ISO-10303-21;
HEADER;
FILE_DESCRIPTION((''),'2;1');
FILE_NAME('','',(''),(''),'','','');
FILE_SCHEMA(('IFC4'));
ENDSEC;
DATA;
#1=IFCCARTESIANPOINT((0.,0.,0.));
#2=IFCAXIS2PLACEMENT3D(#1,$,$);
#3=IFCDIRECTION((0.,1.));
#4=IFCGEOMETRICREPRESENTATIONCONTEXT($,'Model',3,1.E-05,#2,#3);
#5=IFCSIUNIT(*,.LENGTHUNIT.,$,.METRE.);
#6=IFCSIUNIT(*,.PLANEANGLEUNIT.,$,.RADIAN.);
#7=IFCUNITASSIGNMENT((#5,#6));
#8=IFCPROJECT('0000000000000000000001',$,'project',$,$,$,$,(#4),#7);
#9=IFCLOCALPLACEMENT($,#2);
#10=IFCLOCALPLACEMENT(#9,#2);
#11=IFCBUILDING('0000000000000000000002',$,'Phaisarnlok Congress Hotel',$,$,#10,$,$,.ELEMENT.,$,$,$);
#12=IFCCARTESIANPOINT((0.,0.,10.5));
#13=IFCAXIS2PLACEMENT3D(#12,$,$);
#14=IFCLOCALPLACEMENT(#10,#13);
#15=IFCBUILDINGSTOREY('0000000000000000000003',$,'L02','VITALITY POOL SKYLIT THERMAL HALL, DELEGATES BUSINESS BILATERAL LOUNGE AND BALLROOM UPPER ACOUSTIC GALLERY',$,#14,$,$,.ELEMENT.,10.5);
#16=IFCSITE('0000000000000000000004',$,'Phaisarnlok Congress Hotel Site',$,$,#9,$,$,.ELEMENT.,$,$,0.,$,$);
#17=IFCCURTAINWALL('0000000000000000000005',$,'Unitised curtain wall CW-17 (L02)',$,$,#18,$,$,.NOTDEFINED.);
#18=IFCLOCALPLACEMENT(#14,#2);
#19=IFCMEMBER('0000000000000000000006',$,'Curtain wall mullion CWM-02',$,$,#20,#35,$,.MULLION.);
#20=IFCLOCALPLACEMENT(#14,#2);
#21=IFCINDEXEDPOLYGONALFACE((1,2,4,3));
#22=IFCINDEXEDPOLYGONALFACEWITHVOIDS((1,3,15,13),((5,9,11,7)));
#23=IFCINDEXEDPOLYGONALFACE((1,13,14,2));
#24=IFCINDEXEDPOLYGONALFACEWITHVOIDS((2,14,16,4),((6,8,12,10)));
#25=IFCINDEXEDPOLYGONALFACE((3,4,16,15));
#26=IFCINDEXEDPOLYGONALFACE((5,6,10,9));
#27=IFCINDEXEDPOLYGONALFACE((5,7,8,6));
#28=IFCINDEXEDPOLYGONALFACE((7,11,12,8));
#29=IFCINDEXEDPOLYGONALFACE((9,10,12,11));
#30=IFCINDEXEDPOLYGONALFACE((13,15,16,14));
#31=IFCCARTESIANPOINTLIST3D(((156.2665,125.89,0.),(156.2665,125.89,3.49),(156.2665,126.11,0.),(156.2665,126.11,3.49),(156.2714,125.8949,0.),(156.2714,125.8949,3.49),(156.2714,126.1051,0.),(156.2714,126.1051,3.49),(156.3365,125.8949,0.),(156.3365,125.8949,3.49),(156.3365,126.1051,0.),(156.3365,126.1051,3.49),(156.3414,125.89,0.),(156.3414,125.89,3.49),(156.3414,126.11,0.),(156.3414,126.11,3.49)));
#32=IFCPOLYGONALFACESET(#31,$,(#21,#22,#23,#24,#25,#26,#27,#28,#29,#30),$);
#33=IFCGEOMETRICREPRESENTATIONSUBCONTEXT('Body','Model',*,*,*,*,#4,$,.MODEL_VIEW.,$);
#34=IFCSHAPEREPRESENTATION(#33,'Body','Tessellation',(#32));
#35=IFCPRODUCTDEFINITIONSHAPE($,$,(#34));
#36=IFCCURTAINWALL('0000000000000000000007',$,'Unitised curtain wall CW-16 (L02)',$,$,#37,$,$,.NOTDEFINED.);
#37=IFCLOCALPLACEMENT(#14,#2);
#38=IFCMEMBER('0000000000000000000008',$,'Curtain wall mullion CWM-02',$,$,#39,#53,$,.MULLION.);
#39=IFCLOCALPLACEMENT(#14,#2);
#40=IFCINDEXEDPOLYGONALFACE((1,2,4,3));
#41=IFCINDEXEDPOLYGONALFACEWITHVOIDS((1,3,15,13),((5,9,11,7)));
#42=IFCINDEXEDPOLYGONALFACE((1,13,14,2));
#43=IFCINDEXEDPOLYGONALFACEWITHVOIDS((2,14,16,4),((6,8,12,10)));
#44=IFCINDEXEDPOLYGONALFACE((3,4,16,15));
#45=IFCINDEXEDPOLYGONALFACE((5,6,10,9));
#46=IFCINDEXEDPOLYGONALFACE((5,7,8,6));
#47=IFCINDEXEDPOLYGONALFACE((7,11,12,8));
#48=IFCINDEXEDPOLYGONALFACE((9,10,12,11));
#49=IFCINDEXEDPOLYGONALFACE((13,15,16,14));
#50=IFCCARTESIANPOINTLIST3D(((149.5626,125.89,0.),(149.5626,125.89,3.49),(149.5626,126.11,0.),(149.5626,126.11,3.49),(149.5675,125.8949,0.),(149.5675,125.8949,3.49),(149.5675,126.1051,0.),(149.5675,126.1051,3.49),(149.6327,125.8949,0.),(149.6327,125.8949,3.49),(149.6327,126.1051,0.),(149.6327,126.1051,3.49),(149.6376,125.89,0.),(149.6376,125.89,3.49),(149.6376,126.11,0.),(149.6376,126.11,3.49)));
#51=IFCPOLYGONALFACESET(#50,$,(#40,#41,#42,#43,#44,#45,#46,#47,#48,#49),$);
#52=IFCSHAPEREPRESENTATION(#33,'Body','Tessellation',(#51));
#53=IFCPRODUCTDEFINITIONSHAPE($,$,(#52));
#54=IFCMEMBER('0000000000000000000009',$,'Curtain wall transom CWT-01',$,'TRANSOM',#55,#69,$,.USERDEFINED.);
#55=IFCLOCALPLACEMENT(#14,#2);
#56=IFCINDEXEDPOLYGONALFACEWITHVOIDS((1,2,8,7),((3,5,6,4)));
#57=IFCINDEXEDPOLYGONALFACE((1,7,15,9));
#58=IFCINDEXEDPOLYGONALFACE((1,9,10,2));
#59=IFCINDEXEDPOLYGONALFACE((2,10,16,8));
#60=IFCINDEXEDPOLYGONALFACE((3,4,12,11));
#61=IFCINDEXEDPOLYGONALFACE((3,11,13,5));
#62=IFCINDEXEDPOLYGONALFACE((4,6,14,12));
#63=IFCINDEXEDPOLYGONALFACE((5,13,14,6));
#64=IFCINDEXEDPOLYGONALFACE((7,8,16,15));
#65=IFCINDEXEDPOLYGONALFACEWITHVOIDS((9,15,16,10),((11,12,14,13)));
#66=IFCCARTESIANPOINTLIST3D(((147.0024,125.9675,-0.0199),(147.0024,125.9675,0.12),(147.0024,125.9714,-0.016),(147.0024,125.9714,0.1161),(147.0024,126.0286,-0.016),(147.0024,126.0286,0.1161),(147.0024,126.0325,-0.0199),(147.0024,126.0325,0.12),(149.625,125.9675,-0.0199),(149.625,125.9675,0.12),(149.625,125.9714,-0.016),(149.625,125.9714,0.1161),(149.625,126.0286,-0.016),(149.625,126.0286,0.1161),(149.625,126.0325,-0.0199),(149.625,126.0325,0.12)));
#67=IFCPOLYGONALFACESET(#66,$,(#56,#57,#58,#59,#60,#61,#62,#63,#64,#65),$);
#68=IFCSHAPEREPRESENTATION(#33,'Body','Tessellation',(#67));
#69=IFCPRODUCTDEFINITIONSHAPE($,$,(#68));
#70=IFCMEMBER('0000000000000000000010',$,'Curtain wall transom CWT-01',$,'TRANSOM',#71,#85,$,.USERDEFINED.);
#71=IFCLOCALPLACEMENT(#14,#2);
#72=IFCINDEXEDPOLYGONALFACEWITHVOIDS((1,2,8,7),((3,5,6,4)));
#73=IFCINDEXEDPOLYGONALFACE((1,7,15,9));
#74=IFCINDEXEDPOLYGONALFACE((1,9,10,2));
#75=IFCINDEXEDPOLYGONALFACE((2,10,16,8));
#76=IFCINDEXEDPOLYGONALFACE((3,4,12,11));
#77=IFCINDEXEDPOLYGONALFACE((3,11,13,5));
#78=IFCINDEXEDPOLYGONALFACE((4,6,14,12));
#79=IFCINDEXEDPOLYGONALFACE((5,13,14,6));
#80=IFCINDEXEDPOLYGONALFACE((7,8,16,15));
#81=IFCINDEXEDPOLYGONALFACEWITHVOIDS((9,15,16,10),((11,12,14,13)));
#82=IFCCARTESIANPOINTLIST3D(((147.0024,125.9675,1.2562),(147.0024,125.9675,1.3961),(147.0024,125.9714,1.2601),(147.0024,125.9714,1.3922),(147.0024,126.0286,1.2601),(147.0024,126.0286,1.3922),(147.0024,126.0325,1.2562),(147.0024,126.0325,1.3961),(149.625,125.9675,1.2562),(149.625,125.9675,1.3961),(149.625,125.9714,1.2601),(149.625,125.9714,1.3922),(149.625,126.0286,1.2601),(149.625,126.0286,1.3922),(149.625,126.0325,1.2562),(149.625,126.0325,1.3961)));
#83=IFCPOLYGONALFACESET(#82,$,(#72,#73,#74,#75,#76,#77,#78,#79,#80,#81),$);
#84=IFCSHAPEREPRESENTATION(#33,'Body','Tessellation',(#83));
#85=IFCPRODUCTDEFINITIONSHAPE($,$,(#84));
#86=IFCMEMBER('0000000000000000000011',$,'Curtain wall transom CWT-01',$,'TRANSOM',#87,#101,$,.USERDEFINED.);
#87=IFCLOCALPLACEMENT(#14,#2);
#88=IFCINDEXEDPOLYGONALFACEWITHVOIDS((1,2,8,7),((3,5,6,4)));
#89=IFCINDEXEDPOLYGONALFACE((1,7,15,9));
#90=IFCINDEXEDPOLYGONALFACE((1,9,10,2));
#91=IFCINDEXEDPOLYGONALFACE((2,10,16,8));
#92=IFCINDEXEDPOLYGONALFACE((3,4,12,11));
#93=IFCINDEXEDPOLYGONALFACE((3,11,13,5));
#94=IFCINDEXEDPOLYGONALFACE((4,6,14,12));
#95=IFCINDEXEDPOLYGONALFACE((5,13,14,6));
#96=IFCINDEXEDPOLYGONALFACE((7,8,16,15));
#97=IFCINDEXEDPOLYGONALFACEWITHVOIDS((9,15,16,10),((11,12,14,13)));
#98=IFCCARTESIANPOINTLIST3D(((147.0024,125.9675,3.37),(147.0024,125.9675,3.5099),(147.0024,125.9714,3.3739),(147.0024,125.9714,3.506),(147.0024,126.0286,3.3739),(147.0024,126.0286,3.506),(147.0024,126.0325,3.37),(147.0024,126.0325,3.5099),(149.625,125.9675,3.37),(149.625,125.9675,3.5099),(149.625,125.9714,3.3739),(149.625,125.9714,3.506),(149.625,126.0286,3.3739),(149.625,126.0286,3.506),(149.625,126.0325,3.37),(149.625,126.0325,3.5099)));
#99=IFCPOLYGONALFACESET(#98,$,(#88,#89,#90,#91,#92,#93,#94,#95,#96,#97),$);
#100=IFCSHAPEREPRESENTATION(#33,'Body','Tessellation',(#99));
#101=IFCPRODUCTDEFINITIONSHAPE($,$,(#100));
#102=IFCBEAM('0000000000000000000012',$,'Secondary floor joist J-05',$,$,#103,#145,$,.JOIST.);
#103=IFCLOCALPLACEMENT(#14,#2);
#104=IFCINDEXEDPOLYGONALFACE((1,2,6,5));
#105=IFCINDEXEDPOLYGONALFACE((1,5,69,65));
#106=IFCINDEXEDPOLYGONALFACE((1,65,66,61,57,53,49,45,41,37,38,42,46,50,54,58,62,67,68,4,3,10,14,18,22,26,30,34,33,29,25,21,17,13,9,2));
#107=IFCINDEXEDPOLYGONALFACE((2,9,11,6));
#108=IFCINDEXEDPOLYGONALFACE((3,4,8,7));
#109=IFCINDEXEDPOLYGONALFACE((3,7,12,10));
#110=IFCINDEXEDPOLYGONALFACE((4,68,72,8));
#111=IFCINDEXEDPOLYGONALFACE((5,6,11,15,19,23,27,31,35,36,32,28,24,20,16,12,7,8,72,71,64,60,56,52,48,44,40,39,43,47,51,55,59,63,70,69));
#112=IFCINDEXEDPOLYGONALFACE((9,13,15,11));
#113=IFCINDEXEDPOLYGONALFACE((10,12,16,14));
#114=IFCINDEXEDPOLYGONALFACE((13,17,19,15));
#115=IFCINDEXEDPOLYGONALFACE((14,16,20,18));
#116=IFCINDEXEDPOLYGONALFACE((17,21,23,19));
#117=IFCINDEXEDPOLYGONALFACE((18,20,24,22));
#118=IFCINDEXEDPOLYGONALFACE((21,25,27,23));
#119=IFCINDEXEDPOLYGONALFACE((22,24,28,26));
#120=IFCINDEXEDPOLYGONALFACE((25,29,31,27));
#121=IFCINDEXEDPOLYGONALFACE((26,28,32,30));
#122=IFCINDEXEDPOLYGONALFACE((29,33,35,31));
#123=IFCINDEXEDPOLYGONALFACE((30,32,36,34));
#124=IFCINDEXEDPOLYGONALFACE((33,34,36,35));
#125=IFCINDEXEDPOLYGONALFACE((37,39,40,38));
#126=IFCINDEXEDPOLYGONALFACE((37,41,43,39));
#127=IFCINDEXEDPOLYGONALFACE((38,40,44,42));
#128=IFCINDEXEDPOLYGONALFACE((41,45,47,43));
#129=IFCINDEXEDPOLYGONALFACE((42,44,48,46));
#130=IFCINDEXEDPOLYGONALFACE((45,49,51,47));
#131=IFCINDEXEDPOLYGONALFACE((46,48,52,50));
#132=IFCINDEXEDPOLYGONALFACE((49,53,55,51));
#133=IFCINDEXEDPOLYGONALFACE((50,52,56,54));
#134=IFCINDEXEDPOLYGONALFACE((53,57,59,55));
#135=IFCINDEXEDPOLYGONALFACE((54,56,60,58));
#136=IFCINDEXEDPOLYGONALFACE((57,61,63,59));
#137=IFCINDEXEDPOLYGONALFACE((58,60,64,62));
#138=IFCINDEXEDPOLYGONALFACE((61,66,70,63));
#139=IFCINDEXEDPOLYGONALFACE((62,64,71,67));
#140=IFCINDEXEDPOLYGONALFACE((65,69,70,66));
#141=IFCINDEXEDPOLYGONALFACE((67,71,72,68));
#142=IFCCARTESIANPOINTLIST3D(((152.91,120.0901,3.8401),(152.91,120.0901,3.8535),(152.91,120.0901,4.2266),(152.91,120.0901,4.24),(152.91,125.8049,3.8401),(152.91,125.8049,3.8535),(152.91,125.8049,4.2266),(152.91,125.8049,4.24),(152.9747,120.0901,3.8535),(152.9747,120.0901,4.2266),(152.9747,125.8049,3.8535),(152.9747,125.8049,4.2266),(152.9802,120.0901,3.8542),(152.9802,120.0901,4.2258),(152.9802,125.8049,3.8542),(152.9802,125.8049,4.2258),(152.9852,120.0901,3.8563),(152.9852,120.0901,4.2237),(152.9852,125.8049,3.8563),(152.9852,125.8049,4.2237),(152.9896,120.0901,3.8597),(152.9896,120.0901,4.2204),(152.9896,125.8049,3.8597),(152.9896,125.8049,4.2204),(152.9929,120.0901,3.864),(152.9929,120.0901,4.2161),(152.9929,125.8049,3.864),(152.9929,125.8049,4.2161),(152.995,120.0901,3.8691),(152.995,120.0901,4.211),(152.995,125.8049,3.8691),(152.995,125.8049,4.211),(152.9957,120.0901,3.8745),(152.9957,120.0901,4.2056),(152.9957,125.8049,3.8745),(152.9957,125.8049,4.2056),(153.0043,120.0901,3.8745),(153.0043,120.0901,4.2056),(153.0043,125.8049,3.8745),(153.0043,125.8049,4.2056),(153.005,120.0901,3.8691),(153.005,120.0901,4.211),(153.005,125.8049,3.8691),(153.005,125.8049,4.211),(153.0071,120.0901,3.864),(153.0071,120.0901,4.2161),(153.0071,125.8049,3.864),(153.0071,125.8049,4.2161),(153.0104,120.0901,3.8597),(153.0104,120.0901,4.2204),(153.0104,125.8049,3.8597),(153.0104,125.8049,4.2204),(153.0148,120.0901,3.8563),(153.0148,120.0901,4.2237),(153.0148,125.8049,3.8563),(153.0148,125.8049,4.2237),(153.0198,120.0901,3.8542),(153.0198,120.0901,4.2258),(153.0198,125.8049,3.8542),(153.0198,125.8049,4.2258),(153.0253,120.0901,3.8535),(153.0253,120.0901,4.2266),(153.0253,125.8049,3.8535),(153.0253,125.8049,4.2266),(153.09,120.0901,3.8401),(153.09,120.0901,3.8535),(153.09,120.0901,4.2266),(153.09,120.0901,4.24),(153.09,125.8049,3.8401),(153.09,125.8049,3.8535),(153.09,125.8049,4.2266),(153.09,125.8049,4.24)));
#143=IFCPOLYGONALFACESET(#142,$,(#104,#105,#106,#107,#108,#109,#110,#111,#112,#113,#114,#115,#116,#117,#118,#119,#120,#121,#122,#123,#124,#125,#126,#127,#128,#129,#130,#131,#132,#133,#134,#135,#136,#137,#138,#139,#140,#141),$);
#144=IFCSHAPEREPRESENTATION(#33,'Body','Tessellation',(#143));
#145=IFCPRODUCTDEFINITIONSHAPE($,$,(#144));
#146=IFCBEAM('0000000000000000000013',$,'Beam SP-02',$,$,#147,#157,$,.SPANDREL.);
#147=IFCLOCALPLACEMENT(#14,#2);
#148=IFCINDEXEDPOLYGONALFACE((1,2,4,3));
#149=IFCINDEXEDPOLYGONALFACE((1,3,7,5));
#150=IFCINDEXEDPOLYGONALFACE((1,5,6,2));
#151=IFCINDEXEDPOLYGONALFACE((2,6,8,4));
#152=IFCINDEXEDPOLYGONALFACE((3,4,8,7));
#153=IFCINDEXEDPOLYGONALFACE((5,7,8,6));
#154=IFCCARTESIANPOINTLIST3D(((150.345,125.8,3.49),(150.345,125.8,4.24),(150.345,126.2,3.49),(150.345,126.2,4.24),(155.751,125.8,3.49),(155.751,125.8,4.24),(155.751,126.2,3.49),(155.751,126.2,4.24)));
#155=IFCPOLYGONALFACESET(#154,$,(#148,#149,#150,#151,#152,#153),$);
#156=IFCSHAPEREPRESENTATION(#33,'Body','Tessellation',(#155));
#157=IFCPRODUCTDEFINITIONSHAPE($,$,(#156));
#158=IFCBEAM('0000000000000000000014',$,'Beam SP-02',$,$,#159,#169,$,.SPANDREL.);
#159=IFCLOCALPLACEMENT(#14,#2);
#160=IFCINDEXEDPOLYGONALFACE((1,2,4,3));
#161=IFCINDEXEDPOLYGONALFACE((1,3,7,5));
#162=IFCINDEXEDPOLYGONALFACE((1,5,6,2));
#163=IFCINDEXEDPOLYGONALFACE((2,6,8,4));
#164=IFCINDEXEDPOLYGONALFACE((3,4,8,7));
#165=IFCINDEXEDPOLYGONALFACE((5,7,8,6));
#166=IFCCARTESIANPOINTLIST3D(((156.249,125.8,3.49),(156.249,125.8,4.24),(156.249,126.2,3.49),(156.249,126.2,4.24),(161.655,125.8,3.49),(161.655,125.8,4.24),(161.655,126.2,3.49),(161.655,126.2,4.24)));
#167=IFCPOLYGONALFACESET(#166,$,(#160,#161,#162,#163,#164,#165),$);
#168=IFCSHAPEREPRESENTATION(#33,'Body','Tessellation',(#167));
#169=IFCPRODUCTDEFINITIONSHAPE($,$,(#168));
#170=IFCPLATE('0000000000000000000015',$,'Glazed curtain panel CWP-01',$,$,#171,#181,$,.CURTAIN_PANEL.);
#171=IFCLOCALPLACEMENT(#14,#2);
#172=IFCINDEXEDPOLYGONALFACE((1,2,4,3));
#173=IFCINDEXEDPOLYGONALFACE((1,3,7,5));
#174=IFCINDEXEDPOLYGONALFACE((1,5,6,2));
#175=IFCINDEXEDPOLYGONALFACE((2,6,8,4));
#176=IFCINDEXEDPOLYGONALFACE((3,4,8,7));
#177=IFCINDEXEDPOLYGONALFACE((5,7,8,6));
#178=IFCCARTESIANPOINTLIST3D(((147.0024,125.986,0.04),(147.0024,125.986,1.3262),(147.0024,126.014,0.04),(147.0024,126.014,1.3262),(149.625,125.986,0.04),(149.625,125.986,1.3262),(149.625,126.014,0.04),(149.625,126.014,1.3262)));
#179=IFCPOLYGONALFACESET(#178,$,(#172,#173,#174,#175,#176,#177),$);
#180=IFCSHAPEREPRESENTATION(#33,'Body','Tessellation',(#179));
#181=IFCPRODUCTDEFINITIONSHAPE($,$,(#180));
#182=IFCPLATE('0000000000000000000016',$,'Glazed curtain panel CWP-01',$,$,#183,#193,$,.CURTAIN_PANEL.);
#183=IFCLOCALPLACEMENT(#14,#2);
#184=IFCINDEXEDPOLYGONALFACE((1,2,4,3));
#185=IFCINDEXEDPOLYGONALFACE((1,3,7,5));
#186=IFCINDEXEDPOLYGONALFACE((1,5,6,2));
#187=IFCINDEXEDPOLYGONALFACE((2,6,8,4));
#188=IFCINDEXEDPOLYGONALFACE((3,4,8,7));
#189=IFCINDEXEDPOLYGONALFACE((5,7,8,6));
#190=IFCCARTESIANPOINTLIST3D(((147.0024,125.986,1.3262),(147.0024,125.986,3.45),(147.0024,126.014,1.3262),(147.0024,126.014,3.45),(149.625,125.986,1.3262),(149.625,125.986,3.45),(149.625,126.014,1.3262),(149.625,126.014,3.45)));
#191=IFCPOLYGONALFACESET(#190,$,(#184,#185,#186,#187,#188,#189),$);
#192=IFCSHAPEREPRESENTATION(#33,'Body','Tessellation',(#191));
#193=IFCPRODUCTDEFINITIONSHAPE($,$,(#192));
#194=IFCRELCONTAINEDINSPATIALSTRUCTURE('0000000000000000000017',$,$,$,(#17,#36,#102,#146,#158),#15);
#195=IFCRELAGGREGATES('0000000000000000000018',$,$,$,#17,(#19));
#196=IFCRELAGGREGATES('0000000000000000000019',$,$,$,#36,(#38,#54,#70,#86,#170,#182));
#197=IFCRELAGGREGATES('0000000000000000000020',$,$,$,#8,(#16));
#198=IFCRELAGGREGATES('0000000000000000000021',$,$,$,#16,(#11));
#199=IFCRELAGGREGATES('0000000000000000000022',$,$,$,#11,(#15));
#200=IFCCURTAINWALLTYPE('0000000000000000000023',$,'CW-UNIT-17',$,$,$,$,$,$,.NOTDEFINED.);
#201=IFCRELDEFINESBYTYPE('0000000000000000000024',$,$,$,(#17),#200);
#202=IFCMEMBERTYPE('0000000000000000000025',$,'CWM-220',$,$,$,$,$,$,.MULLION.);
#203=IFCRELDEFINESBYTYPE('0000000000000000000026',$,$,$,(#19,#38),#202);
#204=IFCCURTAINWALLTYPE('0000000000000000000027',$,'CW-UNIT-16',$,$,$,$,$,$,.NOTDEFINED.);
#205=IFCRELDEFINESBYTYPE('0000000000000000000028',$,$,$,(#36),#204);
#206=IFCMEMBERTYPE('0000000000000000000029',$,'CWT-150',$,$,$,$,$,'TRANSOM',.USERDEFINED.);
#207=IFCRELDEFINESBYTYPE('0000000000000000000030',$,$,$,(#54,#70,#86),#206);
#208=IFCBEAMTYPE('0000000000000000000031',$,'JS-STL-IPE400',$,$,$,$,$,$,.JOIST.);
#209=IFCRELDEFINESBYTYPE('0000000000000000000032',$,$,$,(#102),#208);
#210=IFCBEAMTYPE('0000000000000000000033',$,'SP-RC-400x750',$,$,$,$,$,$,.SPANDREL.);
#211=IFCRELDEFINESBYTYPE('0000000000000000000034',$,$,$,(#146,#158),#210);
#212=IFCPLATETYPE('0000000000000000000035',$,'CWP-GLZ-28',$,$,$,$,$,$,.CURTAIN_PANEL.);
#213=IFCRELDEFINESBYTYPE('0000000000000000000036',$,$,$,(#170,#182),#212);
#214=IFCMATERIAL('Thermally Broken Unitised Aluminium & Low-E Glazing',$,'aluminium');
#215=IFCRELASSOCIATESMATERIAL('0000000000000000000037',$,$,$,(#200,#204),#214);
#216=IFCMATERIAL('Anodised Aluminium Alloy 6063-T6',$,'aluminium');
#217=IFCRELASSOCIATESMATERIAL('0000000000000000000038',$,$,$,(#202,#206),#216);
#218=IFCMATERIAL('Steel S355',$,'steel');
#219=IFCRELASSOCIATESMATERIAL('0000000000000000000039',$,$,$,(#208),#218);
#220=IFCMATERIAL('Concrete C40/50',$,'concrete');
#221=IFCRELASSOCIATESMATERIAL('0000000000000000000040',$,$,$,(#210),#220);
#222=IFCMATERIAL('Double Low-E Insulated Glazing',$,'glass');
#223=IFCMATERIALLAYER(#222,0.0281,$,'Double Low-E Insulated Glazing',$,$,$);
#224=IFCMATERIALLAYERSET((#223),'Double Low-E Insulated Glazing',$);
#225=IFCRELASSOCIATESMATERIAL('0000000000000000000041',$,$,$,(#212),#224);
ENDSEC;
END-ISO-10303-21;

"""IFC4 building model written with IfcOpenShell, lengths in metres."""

from ifc_helpers import new_model, si_unit, direction, frame, frame_2d, origin, origin_2d, place, context, subcontext, project, spatial, rectangle, hollow_rectangle, i_section, extrude, material, layer, layer_set, material_profile, profile_set, type_object, element, aggregate, save


model = new_model("IFC4")

# Units and contexts
model_context = context("Model", 3, precision=1e-05, world=origin(), true_north=direction((0.0, 1.0)))
body_context = subcontext(model_context, "Body", "Model", "MODEL_VIEW")
ifc_project = project(units=[si_unit("LENGTHUNIT", "METRE"), si_unit("PLANEANGLEUNIT", "RADIAN")], contexts=[model_context])

# Site, building, storey
site_placement = place(None, origin())
site = spatial("IfcSite", under=ifc_project, at=site_placement, Name="Phaisarnlok Congress Hotel Site", CompositionType="ELEMENT", RefElevation=0.0)
building_placement = place(site_placement, origin())
building = spatial("IfcBuilding", under=site, at=building_placement, Name="Phaisarnlok Congress Hotel", CompositionType="ELEMENT")
storey_placement = place(building_placement, frame((0.0, 0.0, 10.5)))
storey = spatial("IfcBuildingStorey", under=building, at=storey_placement, Name="L02", Description="VITALITY POOL SKYLIT THERMAL HALL, DELEGATES BUSINESS BILATERAL LOUNGE AND BALLROOM UPPER ACOUSTIC GALLERY", CompositionType="ELEMENT", Elevation=10.5)

# Shared definitions
ifc_material_1 = material(Name="Steel S355", Category="steel")

# Shared definitions
ifc_material_2 = material(Name="Concrete C40/50", Category="concrete")

# Curtain wall, member
ifc_material_3 = material(Name="Thermally Broken Unitised Aluminium & Low-E Glazing", Category="aluminium")
curtain_wall_type_1 = type_object("IfcCurtainWallType", Name="CW-UNIT-17", PredefinedType="NOTDEFINED", material=ifc_material_3)
curtain_wall_1_placement = place(storey_placement, origin())
curtain_wall_1 = element("IfcCurtainWall", 1, at=curtain_wall_1_placement, inside=storey, type_object=curtain_wall_type_1, Name="Unitised curtain wall CW-17 (L02)", PredefinedType="NOTDEFINED")
ifc_material_4 = material(Name="Anodised Aluminium Alloy 6063-T6", Category="aluminium")
ifc_material_profile_1 = material_profile(ifc_material_4, hollow_rectangle(XDim=0.075, YDim=0.22, WallThickness=0.0049, at=origin_2d()), Name="ALU-M 75x220x5")
ifc_profile_set_1 = profile_set([ifc_material_profile_1], Name="Anodised Aluminium Alloy 6063-T6")
member_type_1 = type_object("IfcMemberType", Name="CWM-220", PredefinedType="MULLION", material=ifc_profile_set_1)
member_1_placement = place(storey_placement, frame((156.304, 126.0, 0.0), z_axis=(0.0, 0.0, 1.0), x_axis=(-1.0, 0.0, 0.0)))
member_1 = element("IfcMember", 2, at=member_1_placement, type_object=member_type_1, Name="Curtain wall mullion CWM-02", PredefinedType="MULLION", context=body_context, shape_type="SweptSolid", body=[
    extrude(hollow_rectangle(XDim=0.075, YDim=0.22, WallThickness=0.0049, at=origin_2d()), origin(), (0.0, 0.0, 1.0), 3.49),
])
aggregate(curtain_wall_1, [member_1])

# Curtain wall, members
curtain_wall_type_2 = type_object("IfcCurtainWallType", Name="CW-UNIT-16", PredefinedType="NOTDEFINED", material=ifc_material_3)
curtain_wall_2_placement = place(storey_placement, origin())
curtain_wall_2 = element("IfcCurtainWall", 3, at=curtain_wall_2_placement, inside=storey, type_object=curtain_wall_type_2, Name="Unitised curtain wall CW-16 (L02)", PredefinedType="NOTDEFINED")
member_2_placement = place(storey_placement, frame((149.6001, 126.0, 0.0), z_axis=(0.0, 0.0, 1.0), x_axis=(-1.0, 0.0, 0.0)))
member_2 = element("IfcMember", 4, at=member_2_placement, type_object=member_type_1, Name="Curtain wall mullion CWM-02", PredefinedType="MULLION", context=body_context, shape_type="SweptSolid", body=[
    extrude(hollow_rectangle(XDim=0.075, YDim=0.22, WallThickness=0.0049, at=origin_2d()), origin(), (0.0, 0.0, 1.0), 3.49),
])
ifc_material_profile_2 = material_profile(ifc_material_4, hollow_rectangle(XDim=0.0649, YDim=0.1399, WallThickness=0.0039, at=origin_2d()), Name="ALU-T 65x140x4")
ifc_profile_set_2 = profile_set([ifc_material_profile_2], Name="Anodised Aluminium Alloy 6063-T6")
member_type_2 = type_object("IfcMemberType", Name="CWT-150", ElementType="TRANSOM", PredefinedType="USERDEFINED", material=ifc_profile_set_2)
member_3_placement = place(storey_placement, frame((149.625, 126.0, 0.05), z_axis=(-1.0, 0.0, 0.0), x_axis=(0.0, -1.0, 0.0)))
member_3 = element("IfcMember", 5, at=member_3_placement, type_object=member_type_2, Name="Curtain wall transom CWT-01", ObjectType="TRANSOM", PredefinedType="USERDEFINED", context=body_context, shape_type="SweptSolid", body=[
    extrude(hollow_rectangle(XDim=0.0649, YDim=0.1399, WallThickness=0.0039, at=origin_2d()), origin(), (0.0, 0.0, 1.0), 2.6226),
])
member_4_placement = place(storey_placement, frame((149.625, 126.0, 1.3262), z_axis=(-1.0, 0.0, 0.0), x_axis=(0.0, -1.0, 0.0)))
member_4 = element("IfcMember", 6, at=member_4_placement, type_object=member_type_2, Name="Curtain wall transom CWT-01", ObjectType="TRANSOM", PredefinedType="USERDEFINED", context=body_context, shape_type="SweptSolid", body=[
    extrude(hollow_rectangle(XDim=0.0649, YDim=0.1399, WallThickness=0.0039, at=origin_2d()), origin(), (0.0, 0.0, 1.0), 2.6226),
])
member_5_placement = place(storey_placement, frame((149.625, 126.0, 3.4399), z_axis=(-1.0, 0.0, 0.0), x_axis=(0.0, -1.0, 0.0)))
member_5 = element("IfcMember", 7, at=member_5_placement, type_object=member_type_2, Name="Curtain wall transom CWT-01", ObjectType="TRANSOM", PredefinedType="USERDEFINED", context=body_context, shape_type="SweptSolid", body=[
    extrude(hollow_rectangle(XDim=0.0649, YDim=0.1399, WallThickness=0.0039, at=origin_2d()), origin(), (0.0, 0.0, 1.0), 2.6226),
])

# Beams
ifc_material_profile_3 = material_profile(ifc_material_1, i_section(OverallWidth=0.1799, OverallDepth=0.3999, WebThickness=0.0085, FlangeThickness=0.0134, FilletRadius=0.021, at=origin_2d()), Name="IPE 400")
ifc_profile_set_3 = profile_set([ifc_material_profile_3], Name="Steel S355")
beam_type_1 = type_object("IfcBeamType", Name="JS-STL-IPE400", PredefinedType="JOIST", material=ifc_profile_set_3)
beam_1_placement = place(storey_placement, frame((153.0, 120.0901, 4.04), z_axis=(0.0, 1.0, 0.0), x_axis=(-1.0, 0.0, 0.0)))
element("IfcBeam", 8, at=beam_1_placement, inside=storey, type_object=beam_type_1, Name="Secondary floor joist J-05", PredefinedType="JOIST", context=body_context, shape_type="SweptSolid", body=[
    extrude(i_section(OverallWidth=0.1799, OverallDepth=0.3999, WebThickness=0.0085, FlangeThickness=0.0134, FilletRadius=0.021, at=origin_2d()), origin(), (0.0, 0.0, 1.0), 5.7148),
])
ifc_material_profile_4 = material_profile(ifc_material_2, rectangle(XDim=0.3999, YDim=0.75, at=origin_2d()), Name="RC 400x750")
ifc_profile_set_4 = profile_set([ifc_material_profile_4], Name="Concrete C40/50")
beam_type_2 = type_object("IfcBeamType", Name="SP-RC-400x750", PredefinedType="SPANDREL", material=ifc_profile_set_4)
for number, where, z_axis, x_axis, name in (
    (9, (150.345, 126.0, 3.865), (1.0, 0.0, 0.0), (0.0, 1.0, 0.0), "Beam SP-02"),
    (10, (156.249, 126.0, 3.865), (1.0, 0.0, 0.0), (0.0, 1.0, 0.0), "Beam SP-02"),
):
    element("IfcBeam", number, at=place(storey_placement, frame(where, z_axis=z_axis, x_axis=x_axis)), inside=storey, type_object=beam_type_2, Name=name, PredefinedType="SPANDREL", context=body_context, shape_type="SweptSolid", body=[
        extrude(rectangle(XDim=0.3999, YDim=0.75, at=origin_2d()), origin(), (0.0, 0.0, 1.0), 5.406),
    ])

# Plates
ifc_material_5 = material(Name="Double Low-E Insulated Glazing", Category="glass")
ifc_layer_1 = layer(ifc_material_5, 0.0281, Name="Double Low-E Insulated Glazing")
ifc_layer_set_1 = layer_set([ifc_layer_1], Name="Double Low-E Insulated Glazing")
plate_type_1 = type_object("IfcPlateType", Name="CWP-GLZ-28", PredefinedType="CURTAIN_PANEL", material=ifc_layer_set_1)
plate_1_placement = place(storey_placement, frame((149.625, 126.0, 0.04), z_axis=(0.0, 0.0, 1.0), x_axis=(-1.0, 0.0, 0.0)))
plate_1 = element("IfcPlate", 11, at=plate_1_placement, type_object=plate_type_1, Name="Glazed curtain panel CWP-01", PredefinedType="CURTAIN_PANEL", context=body_context, shape_type="SweptSolid", body=[
    extrude(rectangle(XDim=2.6226, YDim=0.0281, at=frame_2d((1.3113, 0.0))), origin(), (0.0, 0.0, 1.0), 1.2861),
])
plate_2_placement = place(storey_placement, frame((149.625, 126.0, 1.3262), z_axis=(0.0, 0.0, 1.0), x_axis=(-1.0, 0.0, 0.0)))
plate_2 = element("IfcPlate", 12, at=plate_2_placement, type_object=plate_type_1, Name="Glazed curtain panel CWP-01", PredefinedType="CURTAIN_PANEL", context=body_context, shape_type="SweptSolid", body=[
    extrude(rectangle(XDim=2.6226, YDim=0.0281, at=frame_2d((1.3113, 0.0))), origin(), (0.0, 0.0, 1.0), 2.1238),
])
aggregate(curtain_wall_2, [member_2, member_3, member_4, member_5, plate_1, plate_2])

save(model, "model.ifc")
